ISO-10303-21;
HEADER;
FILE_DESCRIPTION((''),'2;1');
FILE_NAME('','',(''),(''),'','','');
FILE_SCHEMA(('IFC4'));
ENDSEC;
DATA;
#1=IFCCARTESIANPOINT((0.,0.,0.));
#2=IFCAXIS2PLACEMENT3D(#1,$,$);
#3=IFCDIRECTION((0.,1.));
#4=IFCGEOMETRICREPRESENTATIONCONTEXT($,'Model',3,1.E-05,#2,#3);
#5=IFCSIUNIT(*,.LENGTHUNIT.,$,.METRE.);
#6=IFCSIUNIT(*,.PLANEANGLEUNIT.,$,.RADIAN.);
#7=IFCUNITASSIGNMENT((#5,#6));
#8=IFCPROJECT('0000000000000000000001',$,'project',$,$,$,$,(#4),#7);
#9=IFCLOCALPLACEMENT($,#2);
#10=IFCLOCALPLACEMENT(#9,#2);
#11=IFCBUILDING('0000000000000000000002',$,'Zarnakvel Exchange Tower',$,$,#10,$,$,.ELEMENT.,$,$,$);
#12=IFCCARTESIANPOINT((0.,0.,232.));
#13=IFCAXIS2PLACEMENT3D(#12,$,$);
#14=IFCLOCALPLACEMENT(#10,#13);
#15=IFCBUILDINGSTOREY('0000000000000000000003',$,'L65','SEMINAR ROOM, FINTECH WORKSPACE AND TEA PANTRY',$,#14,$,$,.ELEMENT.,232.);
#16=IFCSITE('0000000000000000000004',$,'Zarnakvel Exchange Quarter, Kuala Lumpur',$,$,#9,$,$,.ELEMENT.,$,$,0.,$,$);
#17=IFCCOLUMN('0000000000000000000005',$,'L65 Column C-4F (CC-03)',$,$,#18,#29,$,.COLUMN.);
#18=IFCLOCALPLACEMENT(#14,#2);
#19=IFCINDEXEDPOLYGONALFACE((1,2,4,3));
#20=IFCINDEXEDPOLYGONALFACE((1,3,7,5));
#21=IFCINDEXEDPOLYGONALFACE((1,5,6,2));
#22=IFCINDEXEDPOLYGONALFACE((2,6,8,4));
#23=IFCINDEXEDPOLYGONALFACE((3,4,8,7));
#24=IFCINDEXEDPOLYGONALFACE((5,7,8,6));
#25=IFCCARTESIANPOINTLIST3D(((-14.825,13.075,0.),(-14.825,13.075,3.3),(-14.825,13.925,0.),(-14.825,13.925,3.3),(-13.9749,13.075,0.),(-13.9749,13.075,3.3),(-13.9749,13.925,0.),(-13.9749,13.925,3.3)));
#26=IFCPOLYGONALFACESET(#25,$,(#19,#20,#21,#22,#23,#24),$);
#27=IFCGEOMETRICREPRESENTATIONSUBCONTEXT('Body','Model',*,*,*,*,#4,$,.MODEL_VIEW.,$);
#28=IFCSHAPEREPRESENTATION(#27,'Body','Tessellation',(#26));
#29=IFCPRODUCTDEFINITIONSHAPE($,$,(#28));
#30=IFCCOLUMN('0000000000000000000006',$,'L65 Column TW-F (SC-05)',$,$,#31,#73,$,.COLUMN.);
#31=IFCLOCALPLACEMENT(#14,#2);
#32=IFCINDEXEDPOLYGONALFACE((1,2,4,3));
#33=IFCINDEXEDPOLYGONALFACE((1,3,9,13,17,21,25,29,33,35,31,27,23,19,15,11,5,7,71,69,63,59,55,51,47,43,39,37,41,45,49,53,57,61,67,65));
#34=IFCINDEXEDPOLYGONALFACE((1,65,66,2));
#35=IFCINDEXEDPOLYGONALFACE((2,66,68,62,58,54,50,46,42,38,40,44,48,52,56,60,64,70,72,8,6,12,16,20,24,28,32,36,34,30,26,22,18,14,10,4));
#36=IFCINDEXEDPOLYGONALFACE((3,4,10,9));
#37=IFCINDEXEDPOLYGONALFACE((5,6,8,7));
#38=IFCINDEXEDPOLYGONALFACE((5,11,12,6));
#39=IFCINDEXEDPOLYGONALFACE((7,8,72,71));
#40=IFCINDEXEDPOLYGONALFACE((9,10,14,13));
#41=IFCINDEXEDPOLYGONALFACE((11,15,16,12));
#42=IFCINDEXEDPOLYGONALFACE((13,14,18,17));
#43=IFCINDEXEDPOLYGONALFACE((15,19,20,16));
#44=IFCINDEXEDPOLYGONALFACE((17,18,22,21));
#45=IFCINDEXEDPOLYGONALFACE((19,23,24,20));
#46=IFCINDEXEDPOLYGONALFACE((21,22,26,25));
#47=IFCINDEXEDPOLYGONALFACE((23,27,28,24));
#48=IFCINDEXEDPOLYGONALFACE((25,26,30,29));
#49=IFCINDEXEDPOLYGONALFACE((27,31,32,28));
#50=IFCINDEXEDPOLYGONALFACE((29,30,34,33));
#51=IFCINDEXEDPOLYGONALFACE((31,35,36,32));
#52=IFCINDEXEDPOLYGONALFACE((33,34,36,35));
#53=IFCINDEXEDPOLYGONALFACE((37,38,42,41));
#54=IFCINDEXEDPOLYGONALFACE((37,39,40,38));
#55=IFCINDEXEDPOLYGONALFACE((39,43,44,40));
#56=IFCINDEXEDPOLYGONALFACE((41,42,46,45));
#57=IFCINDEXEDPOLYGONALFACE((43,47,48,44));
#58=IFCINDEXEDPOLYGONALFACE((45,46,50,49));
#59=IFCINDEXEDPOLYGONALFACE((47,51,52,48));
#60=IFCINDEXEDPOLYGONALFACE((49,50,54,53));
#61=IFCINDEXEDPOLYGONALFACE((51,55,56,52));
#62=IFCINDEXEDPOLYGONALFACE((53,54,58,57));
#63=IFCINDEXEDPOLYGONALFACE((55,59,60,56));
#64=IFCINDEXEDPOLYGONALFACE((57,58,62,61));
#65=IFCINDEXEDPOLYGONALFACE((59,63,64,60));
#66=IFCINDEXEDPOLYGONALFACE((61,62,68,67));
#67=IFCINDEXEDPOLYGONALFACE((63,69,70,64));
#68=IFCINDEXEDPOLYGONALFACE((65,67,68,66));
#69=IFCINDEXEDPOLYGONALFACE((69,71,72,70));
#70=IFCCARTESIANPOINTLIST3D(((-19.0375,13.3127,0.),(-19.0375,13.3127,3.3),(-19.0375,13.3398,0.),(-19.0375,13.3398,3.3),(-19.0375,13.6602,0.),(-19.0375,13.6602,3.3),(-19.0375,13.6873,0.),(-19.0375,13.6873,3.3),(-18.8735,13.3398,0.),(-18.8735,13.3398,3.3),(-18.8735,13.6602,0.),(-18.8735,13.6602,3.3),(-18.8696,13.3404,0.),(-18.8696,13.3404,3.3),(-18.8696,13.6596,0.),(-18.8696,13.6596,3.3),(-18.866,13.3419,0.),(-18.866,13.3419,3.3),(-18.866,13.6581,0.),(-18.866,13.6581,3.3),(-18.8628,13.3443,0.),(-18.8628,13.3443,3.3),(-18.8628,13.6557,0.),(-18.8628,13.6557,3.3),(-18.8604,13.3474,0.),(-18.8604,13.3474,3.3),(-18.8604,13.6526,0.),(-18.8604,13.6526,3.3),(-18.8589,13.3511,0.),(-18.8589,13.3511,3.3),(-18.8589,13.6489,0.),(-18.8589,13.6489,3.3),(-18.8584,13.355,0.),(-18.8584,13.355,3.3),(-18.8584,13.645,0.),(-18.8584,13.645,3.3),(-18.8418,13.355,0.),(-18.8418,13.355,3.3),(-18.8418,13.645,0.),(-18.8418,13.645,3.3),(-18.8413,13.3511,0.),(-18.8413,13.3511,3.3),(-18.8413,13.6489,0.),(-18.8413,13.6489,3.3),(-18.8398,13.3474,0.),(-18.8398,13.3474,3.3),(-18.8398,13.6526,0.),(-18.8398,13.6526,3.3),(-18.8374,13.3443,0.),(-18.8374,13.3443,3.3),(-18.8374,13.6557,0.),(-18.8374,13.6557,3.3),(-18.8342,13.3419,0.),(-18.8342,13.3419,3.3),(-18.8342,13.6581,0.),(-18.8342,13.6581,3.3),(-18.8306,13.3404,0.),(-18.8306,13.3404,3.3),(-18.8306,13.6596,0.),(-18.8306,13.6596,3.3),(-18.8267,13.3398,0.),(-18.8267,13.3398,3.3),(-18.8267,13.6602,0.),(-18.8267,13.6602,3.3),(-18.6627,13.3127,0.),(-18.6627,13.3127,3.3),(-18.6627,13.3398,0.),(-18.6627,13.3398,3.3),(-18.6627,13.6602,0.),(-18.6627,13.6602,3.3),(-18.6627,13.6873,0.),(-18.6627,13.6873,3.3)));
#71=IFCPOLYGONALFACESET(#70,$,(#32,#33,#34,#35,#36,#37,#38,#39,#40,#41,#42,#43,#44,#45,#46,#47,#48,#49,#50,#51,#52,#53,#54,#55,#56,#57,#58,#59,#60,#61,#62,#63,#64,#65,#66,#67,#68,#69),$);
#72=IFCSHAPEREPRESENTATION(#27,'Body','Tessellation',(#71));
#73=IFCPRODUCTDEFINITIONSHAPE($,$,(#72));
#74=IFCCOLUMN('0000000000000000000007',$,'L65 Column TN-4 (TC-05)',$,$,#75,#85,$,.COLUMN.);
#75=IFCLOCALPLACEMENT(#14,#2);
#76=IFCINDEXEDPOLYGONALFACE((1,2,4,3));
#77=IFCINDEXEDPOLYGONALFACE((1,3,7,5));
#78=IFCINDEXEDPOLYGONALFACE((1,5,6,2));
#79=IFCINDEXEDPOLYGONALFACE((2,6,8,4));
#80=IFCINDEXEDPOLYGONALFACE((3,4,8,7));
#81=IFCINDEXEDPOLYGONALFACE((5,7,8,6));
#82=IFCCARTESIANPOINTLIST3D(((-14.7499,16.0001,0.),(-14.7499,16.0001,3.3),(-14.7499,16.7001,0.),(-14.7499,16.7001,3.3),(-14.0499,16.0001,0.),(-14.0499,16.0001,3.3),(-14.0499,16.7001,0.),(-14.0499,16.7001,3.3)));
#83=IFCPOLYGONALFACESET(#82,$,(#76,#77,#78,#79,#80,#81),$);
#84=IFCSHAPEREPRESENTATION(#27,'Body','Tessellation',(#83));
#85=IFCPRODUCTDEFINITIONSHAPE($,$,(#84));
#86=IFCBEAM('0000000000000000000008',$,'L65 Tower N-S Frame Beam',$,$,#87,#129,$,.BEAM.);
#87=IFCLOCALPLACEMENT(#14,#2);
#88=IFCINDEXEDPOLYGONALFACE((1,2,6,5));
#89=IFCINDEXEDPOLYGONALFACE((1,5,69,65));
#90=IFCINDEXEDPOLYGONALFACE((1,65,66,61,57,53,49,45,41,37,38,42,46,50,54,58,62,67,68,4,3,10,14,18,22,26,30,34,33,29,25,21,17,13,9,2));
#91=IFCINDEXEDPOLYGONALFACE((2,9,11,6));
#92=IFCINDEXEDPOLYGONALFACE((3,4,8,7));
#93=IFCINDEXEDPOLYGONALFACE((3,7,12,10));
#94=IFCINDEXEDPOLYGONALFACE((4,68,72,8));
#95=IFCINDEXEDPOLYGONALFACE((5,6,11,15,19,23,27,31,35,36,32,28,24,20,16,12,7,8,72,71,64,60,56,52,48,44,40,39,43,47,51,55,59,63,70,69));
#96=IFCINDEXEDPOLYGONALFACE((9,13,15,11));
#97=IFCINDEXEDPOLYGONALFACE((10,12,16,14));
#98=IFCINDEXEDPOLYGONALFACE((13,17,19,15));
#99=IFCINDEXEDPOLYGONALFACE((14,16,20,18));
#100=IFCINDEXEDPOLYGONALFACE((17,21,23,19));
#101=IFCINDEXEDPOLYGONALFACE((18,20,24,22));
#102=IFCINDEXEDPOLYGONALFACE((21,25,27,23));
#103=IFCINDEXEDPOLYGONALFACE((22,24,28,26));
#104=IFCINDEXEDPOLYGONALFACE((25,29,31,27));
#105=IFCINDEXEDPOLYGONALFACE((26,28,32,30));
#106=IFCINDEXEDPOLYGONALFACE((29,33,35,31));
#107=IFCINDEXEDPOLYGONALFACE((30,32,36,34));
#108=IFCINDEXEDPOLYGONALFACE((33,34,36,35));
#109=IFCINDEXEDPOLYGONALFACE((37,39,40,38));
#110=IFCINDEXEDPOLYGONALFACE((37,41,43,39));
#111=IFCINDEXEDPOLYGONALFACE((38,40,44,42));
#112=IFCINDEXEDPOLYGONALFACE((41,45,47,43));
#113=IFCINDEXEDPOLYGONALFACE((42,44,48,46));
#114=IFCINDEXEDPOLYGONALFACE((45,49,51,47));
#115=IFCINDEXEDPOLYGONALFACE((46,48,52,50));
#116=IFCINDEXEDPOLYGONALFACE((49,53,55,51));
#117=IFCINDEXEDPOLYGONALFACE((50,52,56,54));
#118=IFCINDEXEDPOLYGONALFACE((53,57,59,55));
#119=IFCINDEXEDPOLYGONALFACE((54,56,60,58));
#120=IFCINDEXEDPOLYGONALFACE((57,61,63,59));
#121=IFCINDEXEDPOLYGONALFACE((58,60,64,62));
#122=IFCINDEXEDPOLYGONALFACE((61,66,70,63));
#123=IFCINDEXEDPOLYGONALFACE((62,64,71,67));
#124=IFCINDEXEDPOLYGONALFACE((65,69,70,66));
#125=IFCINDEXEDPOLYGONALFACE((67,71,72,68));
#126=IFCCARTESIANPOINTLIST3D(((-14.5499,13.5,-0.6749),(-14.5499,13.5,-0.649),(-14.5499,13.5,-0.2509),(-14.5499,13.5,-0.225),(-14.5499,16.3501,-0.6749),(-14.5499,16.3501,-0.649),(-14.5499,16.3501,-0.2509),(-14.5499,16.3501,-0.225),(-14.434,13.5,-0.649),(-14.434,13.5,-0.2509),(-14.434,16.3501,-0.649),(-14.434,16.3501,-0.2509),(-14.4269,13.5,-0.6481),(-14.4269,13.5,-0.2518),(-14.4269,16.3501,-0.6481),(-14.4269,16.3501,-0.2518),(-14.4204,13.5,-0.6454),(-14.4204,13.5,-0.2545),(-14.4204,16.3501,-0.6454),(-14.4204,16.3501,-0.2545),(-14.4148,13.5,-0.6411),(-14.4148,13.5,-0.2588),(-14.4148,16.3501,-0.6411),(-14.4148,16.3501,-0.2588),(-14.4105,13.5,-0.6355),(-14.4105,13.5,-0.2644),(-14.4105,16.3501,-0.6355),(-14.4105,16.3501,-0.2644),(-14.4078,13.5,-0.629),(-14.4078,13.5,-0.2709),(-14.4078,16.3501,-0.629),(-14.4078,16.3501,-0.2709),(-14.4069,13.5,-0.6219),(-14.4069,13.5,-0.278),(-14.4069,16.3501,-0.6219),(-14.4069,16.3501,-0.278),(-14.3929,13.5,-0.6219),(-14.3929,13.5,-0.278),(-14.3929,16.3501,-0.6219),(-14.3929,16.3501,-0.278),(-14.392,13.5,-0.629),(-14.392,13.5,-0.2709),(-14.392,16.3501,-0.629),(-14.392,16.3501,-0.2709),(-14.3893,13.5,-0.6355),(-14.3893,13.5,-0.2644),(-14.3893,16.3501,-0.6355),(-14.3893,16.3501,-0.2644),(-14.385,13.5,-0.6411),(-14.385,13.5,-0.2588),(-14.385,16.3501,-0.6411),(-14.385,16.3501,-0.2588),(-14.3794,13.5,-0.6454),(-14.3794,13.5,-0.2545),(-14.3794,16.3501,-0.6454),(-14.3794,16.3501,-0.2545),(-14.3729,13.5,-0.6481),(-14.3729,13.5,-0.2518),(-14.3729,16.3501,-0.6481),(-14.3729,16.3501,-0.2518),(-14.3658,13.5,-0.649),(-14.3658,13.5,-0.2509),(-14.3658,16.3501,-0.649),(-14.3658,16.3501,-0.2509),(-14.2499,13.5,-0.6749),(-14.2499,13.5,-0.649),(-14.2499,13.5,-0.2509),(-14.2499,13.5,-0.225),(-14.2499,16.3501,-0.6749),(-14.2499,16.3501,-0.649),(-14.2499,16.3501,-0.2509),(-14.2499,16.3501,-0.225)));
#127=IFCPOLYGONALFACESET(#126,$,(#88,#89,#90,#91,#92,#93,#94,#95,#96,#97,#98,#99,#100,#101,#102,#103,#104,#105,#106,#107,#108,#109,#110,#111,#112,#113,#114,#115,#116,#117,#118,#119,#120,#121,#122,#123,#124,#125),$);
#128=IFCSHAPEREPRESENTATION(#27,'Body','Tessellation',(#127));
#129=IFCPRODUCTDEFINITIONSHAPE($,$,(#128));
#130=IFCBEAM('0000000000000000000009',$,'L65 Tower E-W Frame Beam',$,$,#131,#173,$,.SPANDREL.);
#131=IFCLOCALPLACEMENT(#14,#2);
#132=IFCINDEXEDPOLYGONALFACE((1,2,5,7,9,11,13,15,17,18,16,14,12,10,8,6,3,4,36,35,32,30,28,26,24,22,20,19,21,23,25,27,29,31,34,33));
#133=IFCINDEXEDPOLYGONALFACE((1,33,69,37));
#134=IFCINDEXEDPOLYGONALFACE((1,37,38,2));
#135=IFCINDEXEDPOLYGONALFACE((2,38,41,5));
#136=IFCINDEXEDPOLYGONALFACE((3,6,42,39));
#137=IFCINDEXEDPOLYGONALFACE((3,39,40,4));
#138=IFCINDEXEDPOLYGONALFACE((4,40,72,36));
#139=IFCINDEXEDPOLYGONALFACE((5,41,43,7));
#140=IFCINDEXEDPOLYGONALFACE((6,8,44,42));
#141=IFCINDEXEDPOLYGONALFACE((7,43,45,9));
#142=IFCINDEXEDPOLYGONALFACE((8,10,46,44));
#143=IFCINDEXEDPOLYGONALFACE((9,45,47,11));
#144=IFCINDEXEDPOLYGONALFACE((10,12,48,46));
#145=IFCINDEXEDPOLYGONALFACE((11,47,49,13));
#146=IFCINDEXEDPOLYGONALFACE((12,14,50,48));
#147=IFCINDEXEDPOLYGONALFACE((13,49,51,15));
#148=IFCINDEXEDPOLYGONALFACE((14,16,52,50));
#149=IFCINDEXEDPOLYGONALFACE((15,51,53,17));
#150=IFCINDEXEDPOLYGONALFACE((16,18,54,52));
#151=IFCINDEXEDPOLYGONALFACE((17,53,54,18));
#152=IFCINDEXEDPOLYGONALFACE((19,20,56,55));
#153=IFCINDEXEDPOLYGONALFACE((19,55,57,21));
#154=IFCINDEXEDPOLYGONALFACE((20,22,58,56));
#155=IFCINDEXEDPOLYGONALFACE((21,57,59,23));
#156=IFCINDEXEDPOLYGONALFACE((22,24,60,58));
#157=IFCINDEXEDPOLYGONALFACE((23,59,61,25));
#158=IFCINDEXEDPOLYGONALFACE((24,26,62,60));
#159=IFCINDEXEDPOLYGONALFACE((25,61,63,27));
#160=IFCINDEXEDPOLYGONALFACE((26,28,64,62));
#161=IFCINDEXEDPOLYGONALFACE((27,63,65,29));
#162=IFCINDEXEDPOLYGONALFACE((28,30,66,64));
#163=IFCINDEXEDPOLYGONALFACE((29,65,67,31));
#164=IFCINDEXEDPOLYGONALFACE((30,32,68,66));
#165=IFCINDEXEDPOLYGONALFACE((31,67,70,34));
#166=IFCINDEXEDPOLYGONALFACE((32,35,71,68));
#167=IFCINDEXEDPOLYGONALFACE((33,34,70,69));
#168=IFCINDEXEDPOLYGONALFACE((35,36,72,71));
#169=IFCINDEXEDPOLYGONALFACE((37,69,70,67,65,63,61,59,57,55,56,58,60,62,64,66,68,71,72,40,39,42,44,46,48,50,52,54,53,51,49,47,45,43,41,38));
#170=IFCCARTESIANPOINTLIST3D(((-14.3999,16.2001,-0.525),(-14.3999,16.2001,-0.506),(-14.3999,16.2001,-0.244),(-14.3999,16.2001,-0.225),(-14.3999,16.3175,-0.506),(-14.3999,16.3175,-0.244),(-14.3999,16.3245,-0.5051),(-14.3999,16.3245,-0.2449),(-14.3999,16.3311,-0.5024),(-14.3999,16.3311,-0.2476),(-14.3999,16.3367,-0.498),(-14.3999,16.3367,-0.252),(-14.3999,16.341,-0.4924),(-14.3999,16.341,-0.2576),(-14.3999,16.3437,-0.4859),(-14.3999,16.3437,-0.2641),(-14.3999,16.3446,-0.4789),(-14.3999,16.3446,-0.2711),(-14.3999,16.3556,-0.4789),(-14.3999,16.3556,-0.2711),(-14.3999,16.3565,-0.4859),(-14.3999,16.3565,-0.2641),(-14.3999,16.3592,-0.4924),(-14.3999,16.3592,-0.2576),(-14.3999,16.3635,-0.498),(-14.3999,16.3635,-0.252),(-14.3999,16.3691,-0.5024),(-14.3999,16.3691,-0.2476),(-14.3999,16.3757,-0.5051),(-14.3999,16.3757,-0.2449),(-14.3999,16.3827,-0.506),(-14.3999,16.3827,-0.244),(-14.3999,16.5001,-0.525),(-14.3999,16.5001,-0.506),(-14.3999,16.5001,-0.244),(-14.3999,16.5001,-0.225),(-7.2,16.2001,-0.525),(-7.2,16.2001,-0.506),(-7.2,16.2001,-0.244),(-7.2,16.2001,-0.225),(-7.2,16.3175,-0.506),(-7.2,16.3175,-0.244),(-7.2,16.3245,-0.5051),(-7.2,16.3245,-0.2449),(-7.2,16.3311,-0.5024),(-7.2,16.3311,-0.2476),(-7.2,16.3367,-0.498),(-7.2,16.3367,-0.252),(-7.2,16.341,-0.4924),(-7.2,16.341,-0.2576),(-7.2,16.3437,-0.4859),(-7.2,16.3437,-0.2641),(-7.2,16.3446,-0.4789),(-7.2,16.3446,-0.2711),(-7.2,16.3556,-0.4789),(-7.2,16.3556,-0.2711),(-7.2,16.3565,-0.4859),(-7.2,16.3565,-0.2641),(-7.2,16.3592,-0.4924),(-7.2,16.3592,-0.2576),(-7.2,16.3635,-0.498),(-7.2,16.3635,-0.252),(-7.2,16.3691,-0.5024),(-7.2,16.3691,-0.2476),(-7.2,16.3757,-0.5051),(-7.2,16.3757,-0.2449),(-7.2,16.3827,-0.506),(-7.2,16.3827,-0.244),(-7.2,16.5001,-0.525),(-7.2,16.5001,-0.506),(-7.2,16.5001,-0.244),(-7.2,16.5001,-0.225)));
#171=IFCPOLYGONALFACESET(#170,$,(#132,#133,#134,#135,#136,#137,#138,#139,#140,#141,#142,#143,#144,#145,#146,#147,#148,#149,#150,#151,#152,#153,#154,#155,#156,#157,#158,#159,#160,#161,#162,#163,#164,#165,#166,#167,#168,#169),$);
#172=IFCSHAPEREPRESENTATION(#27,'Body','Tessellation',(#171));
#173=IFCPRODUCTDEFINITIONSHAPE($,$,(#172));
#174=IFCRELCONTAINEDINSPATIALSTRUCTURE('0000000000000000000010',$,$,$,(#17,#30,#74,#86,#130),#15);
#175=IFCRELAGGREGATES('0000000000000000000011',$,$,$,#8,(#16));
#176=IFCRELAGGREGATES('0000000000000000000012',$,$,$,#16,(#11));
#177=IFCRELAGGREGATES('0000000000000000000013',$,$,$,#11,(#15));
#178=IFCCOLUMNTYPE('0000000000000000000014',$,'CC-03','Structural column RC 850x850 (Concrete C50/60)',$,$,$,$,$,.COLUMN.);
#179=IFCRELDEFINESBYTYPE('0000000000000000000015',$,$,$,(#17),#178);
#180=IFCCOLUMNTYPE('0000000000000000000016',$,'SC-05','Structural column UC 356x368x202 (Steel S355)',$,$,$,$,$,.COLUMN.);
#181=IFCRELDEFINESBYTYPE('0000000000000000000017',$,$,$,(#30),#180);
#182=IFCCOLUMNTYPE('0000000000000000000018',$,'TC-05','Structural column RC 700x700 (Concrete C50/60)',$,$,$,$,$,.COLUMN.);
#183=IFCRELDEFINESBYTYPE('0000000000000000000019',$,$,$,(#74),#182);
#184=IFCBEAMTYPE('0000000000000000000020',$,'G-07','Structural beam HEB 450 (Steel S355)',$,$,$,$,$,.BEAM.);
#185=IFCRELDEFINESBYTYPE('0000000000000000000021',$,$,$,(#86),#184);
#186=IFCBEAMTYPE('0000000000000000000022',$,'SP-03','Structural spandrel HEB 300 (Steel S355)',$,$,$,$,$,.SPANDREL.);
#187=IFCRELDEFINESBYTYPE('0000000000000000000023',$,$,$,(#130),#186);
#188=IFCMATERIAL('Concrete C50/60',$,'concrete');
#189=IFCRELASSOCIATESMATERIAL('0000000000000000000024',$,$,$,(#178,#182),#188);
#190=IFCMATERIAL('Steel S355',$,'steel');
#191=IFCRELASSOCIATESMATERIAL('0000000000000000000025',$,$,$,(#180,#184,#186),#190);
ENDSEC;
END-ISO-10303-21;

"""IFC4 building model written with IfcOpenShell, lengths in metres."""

from ifc_helpers import new_model, si_unit, direction, frame, origin, origin_2d, place, context, subcontext, project, spatial, rectangle, i_section, extrude, material, material_profile, profile_set, type_object, element, save


model = new_model("IFC4")

# Units and contexts
model_context = context("Model", 3, precision=1e-05, world=origin(), true_north=direction((0.0, 1.0)))
body_context = subcontext(model_context, "Body", "Model", "MODEL_VIEW")
ifc_project = project(units=[si_unit("LENGTHUNIT", "METRE"), si_unit("PLANEANGLEUNIT", "RADIAN")], contexts=[model_context])

# Site, building, storey
site_placement = place(None, origin())
site = spatial("IfcSite", under=ifc_project, at=site_placement, Name="Zarnakvel Exchange Quarter, Kuala Lumpur", CompositionType="ELEMENT", RefElevation=0.0)
building_placement = place(site_placement, origin())
building = spatial("IfcBuilding", under=site, at=building_placement, Name="Zarnakvel Exchange Tower", CompositionType="ELEMENT")
storey_placement = place(building_placement, frame((0.0, 0.0, 232.0)))
storey = spatial("IfcBuildingStorey", under=building, at=storey_placement, Name="L65", Description="SEMINAR ROOM, FINTECH WORKSPACE AND TEA PANTRY", CompositionType="ELEMENT", Elevation=232.0)

# Columns
ifc_material_1 = material(Name="Concrete C50/60", Category="concrete")
ifc_material_profile_1 = material_profile(ifc_material_1, rectangle(XDim=0.8501, YDim=0.8501, at=origin_2d()))
ifc_profile_set_1 = profile_set([ifc_material_profile_1], Name="Concrete C50/60")
column_type_1 = type_object("IfcColumnType", Name="CC-03", Description="Structural column RC 850x850 (Concrete C50/60)", PredefinedType="COLUMN", material=ifc_profile_set_1)
column_1_placement = place(storey_placement, frame((-14.3999, 13.5, 0.0), z_axis=(0.0, 0.0, 1.0), x_axis=(1.0, 0.0, 0.0)))
element("IfcColumn", 1, at=column_1_placement, inside=storey, type_object=column_type_1, Name="L65 Column C-4F (CC-03)", PredefinedType="COLUMN", context=body_context, shape_type="SweptSolid", body=[
    extrude(rectangle(XDim=0.8501, YDim=0.8501, at=origin_2d()), origin(), (0.0, 0.0, 1.0), 3.3),
])
ifc_material_2 = material(Name="Steel S355", Category="steel")
ifc_material_profile_2 = material_profile(ifc_material_2, i_section(OverallWidth=0.3748, OverallDepth=0.3745, WebThickness=0.0166, FlangeThickness=0.0271, FilletRadius=0.0151, at=origin_2d()))
ifc_profile_set_2 = profile_set([ifc_material_profile_2], Name="Steel S355")
column_type_2 = type_object("IfcColumnType", Name="SC-05", Description="Structural column UC 356x368x202 (Steel S355)", PredefinedType="COLUMN", material=ifc_profile_set_2)
column_2_placement = place(storey_placement, frame((-18.8501, 13.5, 0.0), z_axis=(0.0, 0.0, 1.0), x_axis=(1.0, 0.0, 0.0)))
element("IfcColumn", 2, at=column_2_placement, inside=storey, type_object=column_type_2, Name="L65 Column TW-F (SC-05)", PredefinedType="COLUMN", context=body_context, shape_type="SweptSolid", body=[
    extrude(i_section(OverallWidth=0.3748, OverallDepth=0.3745, WebThickness=0.0166, FlangeThickness=0.0271, FilletRadius=0.0151, at=origin_2d()), origin(), (0.0, 0.0, 1.0), 3.3),
])
ifc_material_profile_3 = material_profile(ifc_material_1, rectangle(XDim=0.7, YDim=0.7, at=origin_2d()))
ifc_profile_set_3 = profile_set([ifc_material_profile_3], Name="Concrete C50/60")
column_type_3 = type_object("IfcColumnType", Name="TC-05", Description="Structural column RC 700x700 (Concrete C50/60)", PredefinedType="COLUMN", material=ifc_profile_set_3)
column_3_placement = place(storey_placement, frame((-14.3999, 16.3501, 0.0), z_axis=(0.0, 0.0, 1.0), x_axis=(1.0, 0.0, 0.0)))
element("IfcColumn", 3, at=column_3_placement, inside=storey, type_object=column_type_3, Name="L65 Column TN-4 (TC-05)", PredefinedType="COLUMN", context=body_context, shape_type="SweptSolid", body=[
    extrude(rectangle(XDim=0.7, YDim=0.7, at=origin_2d()), origin(), (0.0, 0.0, 1.0), 3.3),
])

# Beams
ifc_material_profile_4 = material_profile(ifc_material_2, i_section(OverallWidth=0.3, OverallDepth=0.45, WebThickness=0.0139, FlangeThickness=0.0259, FilletRadius=0.0271, at=origin_2d()))
ifc_profile_set_4 = profile_set([ifc_material_profile_4], Name="Steel S355")
beam_type_1 = type_object("IfcBeamType", Name="G-07", Description="Structural beam HEB 450 (Steel S355)", PredefinedType="BEAM", material=ifc_profile_set_4)
beam_1_placement = place(storey_placement, frame((-14.3999, 13.5, -0.45), z_axis=(0.0, 1.0, 0.0), x_axis=(-1.0, 0.0, 0.0)))
element("IfcBeam", 4, at=beam_1_placement, inside=storey, type_object=beam_type_1, Name="L65 Tower N-S Frame Beam", PredefinedType="BEAM", context=body_context, shape_type="SweptSolid", body=[
    extrude(i_section(OverallWidth=0.3, OverallDepth=0.45, WebThickness=0.0139, FlangeThickness=0.0259, FilletRadius=0.0271, at=origin_2d()), origin(), (0.0, 0.0, 1.0), 2.8501),
])
ifc_material_profile_5 = material_profile(ifc_material_2, i_section(OverallWidth=0.3, OverallDepth=0.3, WebThickness=0.011, FlangeThickness=0.019, FilletRadius=0.0271, at=origin_2d()))
ifc_profile_set_5 = profile_set([ifc_material_profile_5], Name="Steel S355")
beam_type_2 = type_object("IfcBeamType", Name="SP-03", Description="Structural spandrel HEB 300 (Steel S355)", PredefinedType="SPANDREL", material=ifc_profile_set_5)
beam_2_placement = place(storey_placement, frame((-14.3999, 16.3501, -0.375), z_axis=(1.0, 0.0, 0.0), x_axis=(0.0, 1.0, 0.0)))
element("IfcBeam", 5, at=beam_2_placement, inside=storey, type_object=beam_type_2, Name="L65 Tower E-W Frame Beam", PredefinedType="SPANDREL", context=body_context, shape_type="SweptSolid", body=[
    extrude(i_section(OverallWidth=0.3, OverallDepth=0.3, WebThickness=0.011, FlangeThickness=0.019, FilletRadius=0.0271, at=origin_2d()), origin(), (0.0, 0.0, 1.0), 7.2),
])

save(model, "model.ifc")
